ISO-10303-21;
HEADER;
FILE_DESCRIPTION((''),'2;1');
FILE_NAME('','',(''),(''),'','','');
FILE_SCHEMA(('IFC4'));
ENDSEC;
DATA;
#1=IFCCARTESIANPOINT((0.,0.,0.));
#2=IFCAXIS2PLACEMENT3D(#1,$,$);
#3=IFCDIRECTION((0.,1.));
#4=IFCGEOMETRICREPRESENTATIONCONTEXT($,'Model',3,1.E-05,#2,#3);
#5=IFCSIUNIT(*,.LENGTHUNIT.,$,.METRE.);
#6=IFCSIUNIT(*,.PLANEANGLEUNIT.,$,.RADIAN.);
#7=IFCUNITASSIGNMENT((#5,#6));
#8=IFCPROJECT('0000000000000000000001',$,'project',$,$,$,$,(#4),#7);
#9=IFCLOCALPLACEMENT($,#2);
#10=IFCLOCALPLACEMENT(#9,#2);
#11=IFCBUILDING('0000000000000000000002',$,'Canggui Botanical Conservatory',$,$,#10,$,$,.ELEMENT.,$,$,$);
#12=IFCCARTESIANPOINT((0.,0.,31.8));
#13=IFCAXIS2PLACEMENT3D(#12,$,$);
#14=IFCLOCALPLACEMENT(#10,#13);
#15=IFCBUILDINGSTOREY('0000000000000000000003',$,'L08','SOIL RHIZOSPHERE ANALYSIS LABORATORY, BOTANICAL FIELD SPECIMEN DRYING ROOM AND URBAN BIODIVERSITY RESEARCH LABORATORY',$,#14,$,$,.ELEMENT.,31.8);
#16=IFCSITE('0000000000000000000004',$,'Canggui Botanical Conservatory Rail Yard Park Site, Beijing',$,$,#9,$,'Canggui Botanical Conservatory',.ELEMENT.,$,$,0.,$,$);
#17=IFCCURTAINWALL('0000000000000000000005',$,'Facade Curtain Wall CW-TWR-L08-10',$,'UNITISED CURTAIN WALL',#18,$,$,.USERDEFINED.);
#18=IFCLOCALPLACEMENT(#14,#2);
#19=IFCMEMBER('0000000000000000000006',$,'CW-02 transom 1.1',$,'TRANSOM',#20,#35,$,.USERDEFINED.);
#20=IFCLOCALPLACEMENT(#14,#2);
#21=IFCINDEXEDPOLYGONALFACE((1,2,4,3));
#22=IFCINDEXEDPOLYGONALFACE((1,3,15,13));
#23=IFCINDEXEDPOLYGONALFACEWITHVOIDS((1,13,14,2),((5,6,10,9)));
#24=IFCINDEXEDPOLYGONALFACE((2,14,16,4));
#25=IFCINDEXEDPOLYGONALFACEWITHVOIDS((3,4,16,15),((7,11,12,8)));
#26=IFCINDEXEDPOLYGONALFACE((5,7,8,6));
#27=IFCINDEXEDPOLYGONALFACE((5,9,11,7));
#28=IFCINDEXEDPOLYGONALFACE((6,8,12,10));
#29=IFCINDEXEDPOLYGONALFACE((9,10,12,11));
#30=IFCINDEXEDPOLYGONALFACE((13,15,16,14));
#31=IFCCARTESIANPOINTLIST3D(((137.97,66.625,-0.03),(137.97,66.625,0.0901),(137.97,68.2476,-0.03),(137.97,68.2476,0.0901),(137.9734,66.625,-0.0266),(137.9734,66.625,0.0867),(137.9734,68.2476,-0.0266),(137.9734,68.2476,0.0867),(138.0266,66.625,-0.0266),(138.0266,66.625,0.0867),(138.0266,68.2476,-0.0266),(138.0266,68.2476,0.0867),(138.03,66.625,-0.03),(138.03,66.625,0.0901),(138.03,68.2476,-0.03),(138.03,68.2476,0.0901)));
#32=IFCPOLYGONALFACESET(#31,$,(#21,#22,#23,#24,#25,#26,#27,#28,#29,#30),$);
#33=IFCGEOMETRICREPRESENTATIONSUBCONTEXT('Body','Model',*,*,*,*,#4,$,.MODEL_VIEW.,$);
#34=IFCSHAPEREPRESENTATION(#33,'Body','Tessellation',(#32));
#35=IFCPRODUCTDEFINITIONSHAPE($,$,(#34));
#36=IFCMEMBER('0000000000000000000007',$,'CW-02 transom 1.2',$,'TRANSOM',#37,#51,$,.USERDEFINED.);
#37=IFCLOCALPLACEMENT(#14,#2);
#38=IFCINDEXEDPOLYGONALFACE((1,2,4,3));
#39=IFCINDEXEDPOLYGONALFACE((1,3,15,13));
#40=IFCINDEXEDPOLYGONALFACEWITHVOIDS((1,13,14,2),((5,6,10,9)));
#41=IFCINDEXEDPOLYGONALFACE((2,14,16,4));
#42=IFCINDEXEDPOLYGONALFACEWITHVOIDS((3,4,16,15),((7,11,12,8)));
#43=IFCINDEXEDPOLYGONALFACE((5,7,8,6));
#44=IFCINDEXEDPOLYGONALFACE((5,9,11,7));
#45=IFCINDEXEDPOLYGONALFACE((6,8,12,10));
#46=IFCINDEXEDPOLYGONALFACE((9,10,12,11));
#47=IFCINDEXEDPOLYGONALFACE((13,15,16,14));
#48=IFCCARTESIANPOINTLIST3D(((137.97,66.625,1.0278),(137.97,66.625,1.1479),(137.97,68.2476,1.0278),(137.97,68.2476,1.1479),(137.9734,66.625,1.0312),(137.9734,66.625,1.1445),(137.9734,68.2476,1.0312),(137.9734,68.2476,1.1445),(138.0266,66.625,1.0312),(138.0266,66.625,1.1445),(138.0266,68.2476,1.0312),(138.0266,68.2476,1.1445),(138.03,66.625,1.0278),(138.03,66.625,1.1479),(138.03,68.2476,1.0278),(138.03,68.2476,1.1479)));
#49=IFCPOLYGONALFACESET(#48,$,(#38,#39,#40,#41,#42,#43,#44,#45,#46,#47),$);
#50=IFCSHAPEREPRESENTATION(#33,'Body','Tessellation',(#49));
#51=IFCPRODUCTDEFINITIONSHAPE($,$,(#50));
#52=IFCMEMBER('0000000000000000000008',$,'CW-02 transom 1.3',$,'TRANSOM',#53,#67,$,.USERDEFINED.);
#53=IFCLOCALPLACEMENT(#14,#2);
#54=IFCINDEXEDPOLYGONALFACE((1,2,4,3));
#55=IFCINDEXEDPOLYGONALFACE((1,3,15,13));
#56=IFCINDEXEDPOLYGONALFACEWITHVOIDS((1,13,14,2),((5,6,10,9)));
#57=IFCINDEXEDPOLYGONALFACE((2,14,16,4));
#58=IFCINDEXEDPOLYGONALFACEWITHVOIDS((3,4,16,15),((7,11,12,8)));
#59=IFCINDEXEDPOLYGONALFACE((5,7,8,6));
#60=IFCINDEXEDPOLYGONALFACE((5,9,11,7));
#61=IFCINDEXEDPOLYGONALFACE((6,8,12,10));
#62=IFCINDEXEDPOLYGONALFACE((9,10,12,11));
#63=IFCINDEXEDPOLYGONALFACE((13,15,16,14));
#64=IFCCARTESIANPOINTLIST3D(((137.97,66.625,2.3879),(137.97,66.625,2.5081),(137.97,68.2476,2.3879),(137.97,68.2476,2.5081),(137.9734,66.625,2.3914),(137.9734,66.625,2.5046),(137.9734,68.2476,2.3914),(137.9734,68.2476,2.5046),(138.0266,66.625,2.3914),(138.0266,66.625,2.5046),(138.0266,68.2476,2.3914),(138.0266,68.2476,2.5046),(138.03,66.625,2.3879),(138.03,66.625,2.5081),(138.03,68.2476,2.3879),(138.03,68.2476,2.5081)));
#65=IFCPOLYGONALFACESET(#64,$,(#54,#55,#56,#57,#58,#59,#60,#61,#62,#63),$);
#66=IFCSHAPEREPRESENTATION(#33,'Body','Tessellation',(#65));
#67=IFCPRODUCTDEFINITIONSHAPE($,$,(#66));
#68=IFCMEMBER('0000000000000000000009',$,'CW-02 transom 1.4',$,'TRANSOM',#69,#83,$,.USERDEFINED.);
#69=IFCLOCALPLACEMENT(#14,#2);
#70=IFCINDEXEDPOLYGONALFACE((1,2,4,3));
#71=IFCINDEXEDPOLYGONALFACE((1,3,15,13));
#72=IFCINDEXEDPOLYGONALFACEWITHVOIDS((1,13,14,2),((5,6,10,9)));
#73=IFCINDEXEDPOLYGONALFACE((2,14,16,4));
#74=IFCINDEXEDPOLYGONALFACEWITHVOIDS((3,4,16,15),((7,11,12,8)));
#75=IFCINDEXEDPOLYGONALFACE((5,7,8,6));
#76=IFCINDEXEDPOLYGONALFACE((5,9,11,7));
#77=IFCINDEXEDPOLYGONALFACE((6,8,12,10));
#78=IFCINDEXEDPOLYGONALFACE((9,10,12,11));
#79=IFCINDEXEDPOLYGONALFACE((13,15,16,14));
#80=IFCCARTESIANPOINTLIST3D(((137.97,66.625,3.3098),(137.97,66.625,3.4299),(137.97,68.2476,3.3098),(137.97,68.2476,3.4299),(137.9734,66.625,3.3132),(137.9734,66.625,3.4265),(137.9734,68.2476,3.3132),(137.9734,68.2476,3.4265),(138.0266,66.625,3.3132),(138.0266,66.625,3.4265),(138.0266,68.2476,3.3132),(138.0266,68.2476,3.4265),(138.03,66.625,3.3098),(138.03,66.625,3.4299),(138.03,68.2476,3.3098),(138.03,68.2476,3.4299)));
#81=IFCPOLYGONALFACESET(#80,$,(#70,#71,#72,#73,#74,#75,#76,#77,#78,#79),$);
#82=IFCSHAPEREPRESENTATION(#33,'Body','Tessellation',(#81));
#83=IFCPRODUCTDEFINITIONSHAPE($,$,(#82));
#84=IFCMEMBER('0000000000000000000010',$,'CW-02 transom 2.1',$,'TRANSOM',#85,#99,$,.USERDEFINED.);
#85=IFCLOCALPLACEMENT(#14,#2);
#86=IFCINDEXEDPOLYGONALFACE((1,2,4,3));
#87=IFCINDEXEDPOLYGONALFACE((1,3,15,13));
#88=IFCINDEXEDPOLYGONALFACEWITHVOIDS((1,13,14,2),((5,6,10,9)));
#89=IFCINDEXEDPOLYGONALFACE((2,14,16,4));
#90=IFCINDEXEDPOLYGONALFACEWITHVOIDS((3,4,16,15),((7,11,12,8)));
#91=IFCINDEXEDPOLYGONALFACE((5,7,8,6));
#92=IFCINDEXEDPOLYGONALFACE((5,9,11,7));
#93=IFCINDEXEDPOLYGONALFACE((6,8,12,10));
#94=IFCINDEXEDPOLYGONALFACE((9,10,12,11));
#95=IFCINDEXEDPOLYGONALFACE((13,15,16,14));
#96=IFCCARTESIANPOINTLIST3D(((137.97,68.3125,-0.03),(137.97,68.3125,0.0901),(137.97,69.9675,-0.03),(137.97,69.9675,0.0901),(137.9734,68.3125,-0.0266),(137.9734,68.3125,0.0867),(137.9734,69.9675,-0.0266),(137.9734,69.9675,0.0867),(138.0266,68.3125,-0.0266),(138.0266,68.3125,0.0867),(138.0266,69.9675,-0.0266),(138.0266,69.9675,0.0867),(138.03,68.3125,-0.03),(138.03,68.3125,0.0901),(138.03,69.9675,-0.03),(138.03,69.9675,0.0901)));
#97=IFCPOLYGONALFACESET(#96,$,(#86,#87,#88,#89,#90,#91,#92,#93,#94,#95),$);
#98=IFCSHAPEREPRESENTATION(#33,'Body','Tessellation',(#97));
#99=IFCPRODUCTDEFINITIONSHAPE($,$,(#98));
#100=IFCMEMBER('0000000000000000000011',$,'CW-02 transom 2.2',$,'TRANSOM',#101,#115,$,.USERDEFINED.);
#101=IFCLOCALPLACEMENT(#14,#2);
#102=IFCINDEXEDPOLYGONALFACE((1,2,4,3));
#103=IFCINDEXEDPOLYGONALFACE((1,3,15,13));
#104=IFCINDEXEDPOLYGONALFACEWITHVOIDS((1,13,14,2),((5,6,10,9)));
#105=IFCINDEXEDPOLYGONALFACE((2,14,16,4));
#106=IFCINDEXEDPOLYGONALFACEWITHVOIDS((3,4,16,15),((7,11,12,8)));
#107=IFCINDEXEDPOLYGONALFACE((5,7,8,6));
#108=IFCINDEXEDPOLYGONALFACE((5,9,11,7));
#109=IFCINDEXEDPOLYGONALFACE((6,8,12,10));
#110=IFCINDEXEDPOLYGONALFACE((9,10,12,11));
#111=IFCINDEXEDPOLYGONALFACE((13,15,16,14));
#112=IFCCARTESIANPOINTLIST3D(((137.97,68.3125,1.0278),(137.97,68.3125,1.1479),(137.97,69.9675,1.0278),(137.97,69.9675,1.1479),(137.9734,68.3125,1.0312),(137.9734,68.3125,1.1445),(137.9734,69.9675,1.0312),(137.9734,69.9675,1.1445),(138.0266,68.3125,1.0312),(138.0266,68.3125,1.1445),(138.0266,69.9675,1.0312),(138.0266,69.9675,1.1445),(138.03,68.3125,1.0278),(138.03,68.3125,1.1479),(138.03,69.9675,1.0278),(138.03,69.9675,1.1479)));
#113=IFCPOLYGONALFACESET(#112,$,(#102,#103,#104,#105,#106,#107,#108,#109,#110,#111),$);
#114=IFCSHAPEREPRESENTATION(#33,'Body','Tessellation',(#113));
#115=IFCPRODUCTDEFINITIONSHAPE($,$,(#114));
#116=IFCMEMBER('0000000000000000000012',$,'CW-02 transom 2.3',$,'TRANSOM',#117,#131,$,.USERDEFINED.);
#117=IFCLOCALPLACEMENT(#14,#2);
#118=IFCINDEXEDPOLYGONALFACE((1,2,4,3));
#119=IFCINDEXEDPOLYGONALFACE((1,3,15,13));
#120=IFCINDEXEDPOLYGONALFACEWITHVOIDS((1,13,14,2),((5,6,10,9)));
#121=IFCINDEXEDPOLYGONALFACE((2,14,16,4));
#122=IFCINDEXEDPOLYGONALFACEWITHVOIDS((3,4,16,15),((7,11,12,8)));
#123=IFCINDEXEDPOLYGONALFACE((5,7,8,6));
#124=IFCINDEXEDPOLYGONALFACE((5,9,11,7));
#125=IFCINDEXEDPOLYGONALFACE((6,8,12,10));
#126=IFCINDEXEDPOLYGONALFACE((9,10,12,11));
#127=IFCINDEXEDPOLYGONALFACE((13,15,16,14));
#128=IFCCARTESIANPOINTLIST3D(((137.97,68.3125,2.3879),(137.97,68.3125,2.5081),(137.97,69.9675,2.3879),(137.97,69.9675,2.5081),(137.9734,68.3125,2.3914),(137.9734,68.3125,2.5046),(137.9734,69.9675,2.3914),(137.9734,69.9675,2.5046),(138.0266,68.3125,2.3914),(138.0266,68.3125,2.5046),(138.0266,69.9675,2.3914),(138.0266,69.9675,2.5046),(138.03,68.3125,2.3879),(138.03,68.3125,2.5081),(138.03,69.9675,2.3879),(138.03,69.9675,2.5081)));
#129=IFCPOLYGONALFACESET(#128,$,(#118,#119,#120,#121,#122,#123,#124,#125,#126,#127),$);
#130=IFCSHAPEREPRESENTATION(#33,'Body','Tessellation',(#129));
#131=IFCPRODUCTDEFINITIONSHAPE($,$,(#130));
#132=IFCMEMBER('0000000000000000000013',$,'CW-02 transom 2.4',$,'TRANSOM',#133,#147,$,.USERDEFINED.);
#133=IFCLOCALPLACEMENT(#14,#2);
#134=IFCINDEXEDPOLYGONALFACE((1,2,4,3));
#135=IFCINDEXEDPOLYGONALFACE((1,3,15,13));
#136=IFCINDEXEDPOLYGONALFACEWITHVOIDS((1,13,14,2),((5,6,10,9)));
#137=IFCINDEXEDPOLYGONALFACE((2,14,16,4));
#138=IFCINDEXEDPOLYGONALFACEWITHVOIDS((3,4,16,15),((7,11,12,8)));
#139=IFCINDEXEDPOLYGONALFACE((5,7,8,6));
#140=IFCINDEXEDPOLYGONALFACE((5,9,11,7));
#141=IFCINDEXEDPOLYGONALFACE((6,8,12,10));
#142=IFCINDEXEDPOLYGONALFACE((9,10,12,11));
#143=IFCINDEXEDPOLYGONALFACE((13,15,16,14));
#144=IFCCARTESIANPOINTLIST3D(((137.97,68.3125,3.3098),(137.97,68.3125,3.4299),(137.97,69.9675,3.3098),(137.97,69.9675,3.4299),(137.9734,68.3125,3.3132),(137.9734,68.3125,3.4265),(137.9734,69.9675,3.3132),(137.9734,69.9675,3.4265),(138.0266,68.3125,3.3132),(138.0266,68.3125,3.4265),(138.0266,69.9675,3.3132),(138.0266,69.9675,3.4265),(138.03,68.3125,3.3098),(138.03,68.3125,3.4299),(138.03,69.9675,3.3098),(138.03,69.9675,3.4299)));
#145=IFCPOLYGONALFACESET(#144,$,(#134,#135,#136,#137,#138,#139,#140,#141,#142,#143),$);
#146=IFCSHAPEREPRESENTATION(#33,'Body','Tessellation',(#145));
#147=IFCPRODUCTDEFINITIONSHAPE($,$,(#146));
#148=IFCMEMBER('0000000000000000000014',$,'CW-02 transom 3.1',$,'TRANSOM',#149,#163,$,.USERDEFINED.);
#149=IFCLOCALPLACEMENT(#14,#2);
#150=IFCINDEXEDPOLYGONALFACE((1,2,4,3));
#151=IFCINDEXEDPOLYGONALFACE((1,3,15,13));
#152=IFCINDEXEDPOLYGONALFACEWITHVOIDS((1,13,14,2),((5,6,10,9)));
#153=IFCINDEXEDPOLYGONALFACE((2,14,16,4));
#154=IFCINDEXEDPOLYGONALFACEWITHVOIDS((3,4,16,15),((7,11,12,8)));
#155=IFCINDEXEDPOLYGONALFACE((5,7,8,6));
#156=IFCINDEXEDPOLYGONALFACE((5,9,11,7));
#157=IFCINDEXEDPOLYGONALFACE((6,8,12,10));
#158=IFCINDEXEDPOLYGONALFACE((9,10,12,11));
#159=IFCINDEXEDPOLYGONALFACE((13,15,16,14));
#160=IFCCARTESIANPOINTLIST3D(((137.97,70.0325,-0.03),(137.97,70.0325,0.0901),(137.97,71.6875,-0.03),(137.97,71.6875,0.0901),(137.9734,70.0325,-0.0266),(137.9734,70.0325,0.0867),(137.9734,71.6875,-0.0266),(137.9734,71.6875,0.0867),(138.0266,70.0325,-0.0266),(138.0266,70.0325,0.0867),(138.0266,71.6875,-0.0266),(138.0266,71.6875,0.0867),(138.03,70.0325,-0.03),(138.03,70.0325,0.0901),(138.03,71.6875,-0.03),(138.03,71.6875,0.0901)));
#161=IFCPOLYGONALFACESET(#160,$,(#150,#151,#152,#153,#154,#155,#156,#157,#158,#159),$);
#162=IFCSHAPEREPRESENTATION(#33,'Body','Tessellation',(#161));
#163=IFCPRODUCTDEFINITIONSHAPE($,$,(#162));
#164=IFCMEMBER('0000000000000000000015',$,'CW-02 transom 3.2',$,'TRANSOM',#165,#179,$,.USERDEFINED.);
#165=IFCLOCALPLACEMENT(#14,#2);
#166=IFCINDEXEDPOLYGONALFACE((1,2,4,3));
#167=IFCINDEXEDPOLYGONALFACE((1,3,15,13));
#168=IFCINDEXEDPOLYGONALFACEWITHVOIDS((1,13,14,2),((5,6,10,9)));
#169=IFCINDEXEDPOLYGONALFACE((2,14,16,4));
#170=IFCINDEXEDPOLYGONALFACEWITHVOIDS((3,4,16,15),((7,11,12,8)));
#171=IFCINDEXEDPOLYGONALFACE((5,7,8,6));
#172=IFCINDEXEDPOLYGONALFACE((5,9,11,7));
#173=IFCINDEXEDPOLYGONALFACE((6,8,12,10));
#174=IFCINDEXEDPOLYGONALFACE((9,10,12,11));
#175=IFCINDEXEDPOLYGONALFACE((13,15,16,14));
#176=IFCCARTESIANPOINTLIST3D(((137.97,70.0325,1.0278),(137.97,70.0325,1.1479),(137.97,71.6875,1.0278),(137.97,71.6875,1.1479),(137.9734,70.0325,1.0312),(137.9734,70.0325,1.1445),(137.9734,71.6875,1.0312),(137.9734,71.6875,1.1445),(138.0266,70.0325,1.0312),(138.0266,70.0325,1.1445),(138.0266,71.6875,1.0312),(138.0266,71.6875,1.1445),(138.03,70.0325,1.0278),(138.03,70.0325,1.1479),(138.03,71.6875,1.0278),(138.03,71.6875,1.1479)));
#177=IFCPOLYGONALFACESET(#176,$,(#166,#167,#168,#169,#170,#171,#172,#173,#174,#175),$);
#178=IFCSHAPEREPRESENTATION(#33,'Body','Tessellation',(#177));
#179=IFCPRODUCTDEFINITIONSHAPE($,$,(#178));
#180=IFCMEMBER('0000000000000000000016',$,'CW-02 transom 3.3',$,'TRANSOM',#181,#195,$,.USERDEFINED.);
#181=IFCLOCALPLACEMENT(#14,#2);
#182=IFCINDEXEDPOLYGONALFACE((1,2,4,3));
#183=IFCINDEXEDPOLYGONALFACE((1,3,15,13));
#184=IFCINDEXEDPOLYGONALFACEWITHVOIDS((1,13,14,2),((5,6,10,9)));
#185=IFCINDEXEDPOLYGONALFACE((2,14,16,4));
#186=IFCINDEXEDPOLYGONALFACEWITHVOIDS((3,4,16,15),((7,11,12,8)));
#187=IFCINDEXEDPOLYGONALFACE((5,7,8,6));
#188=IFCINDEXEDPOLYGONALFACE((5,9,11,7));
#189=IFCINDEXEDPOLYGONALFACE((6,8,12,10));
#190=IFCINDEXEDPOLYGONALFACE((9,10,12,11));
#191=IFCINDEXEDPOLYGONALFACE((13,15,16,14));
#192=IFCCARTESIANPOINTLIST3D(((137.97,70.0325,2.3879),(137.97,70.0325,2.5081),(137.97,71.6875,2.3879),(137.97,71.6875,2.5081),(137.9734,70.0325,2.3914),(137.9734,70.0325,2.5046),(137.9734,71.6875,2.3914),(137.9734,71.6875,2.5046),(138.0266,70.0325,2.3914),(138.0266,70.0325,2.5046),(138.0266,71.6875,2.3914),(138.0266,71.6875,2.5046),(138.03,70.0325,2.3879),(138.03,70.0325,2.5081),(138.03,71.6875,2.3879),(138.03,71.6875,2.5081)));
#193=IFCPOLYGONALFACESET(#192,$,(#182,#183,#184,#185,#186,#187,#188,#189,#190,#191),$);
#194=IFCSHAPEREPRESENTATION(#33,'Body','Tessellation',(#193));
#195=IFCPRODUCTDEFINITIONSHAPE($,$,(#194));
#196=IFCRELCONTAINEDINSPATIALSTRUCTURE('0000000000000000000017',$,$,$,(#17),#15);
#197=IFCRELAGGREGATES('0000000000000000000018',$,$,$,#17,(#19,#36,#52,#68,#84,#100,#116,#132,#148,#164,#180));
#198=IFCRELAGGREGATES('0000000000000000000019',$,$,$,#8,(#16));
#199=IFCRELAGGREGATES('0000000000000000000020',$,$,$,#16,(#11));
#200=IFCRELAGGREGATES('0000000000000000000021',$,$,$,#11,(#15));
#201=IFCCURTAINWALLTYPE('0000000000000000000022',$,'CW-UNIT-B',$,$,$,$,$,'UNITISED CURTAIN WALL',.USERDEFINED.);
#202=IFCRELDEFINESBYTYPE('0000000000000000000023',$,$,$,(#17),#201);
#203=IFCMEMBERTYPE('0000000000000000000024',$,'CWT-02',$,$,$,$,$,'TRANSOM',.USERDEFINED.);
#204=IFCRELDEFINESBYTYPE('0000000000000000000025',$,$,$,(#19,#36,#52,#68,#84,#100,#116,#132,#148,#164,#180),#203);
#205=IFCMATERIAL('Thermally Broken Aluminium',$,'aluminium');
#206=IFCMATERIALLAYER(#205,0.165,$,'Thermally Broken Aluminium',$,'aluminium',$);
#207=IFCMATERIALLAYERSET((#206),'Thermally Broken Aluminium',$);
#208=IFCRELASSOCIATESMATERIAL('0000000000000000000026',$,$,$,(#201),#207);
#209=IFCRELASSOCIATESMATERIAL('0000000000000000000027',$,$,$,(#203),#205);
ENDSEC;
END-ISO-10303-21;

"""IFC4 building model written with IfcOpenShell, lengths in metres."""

from ifc_helpers import new_model, si_unit, direction, frame, origin, origin_2d, place, context, subcontext, project, spatial, hollow_rectangle, extrude, material, layer, layer_set, material_profile, profile_set, type_object, element, aggregate, save


model = new_model("IFC4")

# Units and contexts
model_context = context("Model", 3, precision=1e-05, world=origin(), true_north=direction((0.0, 1.0)))
body_context = subcontext(model_context, "Body", "Model", "MODEL_VIEW")
ifc_project = project(units=[si_unit("LENGTHUNIT", "METRE"), si_unit("PLANEANGLEUNIT", "RADIAN")], contexts=[model_context])

# Site, building, storey
site_placement = place(None, origin())
site = spatial("IfcSite", under=ifc_project, at=site_placement, Name="Canggui Botanical Conservatory Rail Yard Park Site, Beijing", LongName="Canggui Botanical Conservatory", CompositionType="ELEMENT", RefElevation=0.0)
building_placement = place(site_placement, origin())
building = spatial("IfcBuilding", under=site, at=building_placement, Name="Canggui Botanical Conservatory", CompositionType="ELEMENT")
storey_placement = place(building_placement, frame((0.0, 0.0, 31.8)))
storey = spatial("IfcBuildingStorey", under=building, at=storey_placement, Name="L08", Description="SOIL RHIZOSPHERE ANALYSIS LABORATORY, BOTANICAL FIELD SPECIMEN DRYING ROOM AND URBAN BIODIVERSITY RESEARCH LABORATORY", CompositionType="ELEMENT", Elevation=31.8)

# Curtain wall
ifc_material_1 = material(Name="Thermally Broken Aluminium", Category="aluminium")
ifc_layer_1 = layer(ifc_material_1, 0.165, Name="Thermally Broken Aluminium", Category="aluminium")
ifc_layer_set_1 = layer_set([ifc_layer_1], Name="Thermally Broken Aluminium")
curtain_wall_type = type_object("IfcCurtainWallType", Name="CW-UNIT-B", ElementType="UNITISED CURTAIN WALL", PredefinedType="USERDEFINED", material=ifc_layer_set_1)
curtain_wall_1_placement = place(storey_placement, origin())
curtain_wall_1 = element("IfcCurtainWall", 1, at=curtain_wall_1_placement, inside=storey, type_object=curtain_wall_type, Name="Facade Curtain Wall CW-TWR-L08-10", ObjectType="UNITISED CURTAIN WALL", PredefinedType="USERDEFINED")

# Members
ifc_material_profile_1 = material_profile(ifc_material_1, hollow_rectangle(XDim=0.0601, YDim=0.1201, WallThickness=0.0034, at=origin_2d()), Name="CWT 60x120x3.5")
ifc_profile_set_1 = profile_set([ifc_material_profile_1], Name="Thermally Broken Aluminium")
member_type_1 = type_object("IfcMemberType", Name="CWT-02", ElementType="TRANSOM", PredefinedType="USERDEFINED", material=ifc_profile_set_1)
member_1_placement = place(storey_placement, frame((138.0, 66.625, 0.03), z_axis=(0.0, 1.0, 0.0), x_axis=(-1.0, 0.0, 0.0)))
member_1 = element("IfcMember", 2, at=member_1_placement, type_object=member_type_1, Name="CW-02 transom 1.1", ObjectType="TRANSOM", PredefinedType="USERDEFINED", context=body_context, shape_type="SweptSolid", body=[
    extrude(hollow_rectangle(XDim=0.0601, YDim=0.1201, WallThickness=0.0034, at=origin_2d()), origin(), (0.0, 0.0, 1.0), 1.6226),
])
member_2_placement = place(storey_placement, frame((138.0, 66.625, 1.0879), z_axis=(0.0, 1.0, 0.0), x_axis=(-1.0, 0.0, 0.0)))
member_2 = element("IfcMember", 3, at=member_2_placement, type_object=member_type_1, Name="CW-02 transom 1.2", ObjectType="TRANSOM", PredefinedType="USERDEFINED", context=body_context, shape_type="SweptSolid", body=[
    extrude(hollow_rectangle(XDim=0.0601, YDim=0.1201, WallThickness=0.0034, at=origin_2d()), origin(), (0.0, 0.0, 1.0), 1.6226),
])
member_3_placement = place(storey_placement, frame((138.0, 66.625, 2.448), z_axis=(0.0, 1.0, 0.0), x_axis=(-1.0, 0.0, 0.0)))
member_3 = element("IfcMember", 4, at=member_3_placement, type_object=member_type_1, Name="CW-02 transom 1.3", ObjectType="TRANSOM", PredefinedType="USERDEFINED", context=body_context, shape_type="SweptSolid", body=[
    extrude(hollow_rectangle(XDim=0.0601, YDim=0.1201, WallThickness=0.0034, at=origin_2d()), origin(), (0.0, 0.0, 1.0), 1.6226),
])
member_4_placement = place(storey_placement, frame((138.0, 66.625, 3.3699), z_axis=(0.0, 1.0, 0.0), x_axis=(-1.0, 0.0, 0.0)))
member_4 = element("IfcMember", 5, at=member_4_placement, type_object=member_type_1, Name="CW-02 transom 1.4", ObjectType="TRANSOM", PredefinedType="USERDEFINED", context=body_context, shape_type="SweptSolid", body=[
    extrude(hollow_rectangle(XDim=0.0601, YDim=0.1201, WallThickness=0.0034, at=origin_2d()), origin(), (0.0, 0.0, 1.0), 1.6226),
])
member_5_placement = place(storey_placement, frame((138.0, 68.3125, 0.03), z_axis=(0.0, 1.0, 0.0), x_axis=(-1.0, 0.0, 0.0)))
member_5 = element("IfcMember", 6, at=member_5_placement, type_object=member_type_1, Name="CW-02 transom 2.1", ObjectType="TRANSOM", PredefinedType="USERDEFINED", context=body_context, shape_type="SweptSolid", body=[
    extrude(hollow_rectangle(XDim=0.0601, YDim=0.1201, WallThickness=0.0034, at=origin_2d()), origin(), (0.0, 0.0, 1.0), 1.655),
])
member_6_placement = place(storey_placement, frame((138.0, 68.3125, 1.0879), z_axis=(0.0, 1.0, 0.0), x_axis=(-1.0, 0.0, 0.0)))
member_6 = element("IfcMember", 7, at=member_6_placement, type_object=member_type_1, Name="CW-02 transom 2.2", ObjectType="TRANSOM", PredefinedType="USERDEFINED", context=body_context, shape_type="SweptSolid", body=[
    extrude(hollow_rectangle(XDim=0.0601, YDim=0.1201, WallThickness=0.0034, at=origin_2d()), origin(), (0.0, 0.0, 1.0), 1.655),
])
member_7_placement = place(storey_placement, frame((138.0, 68.3125, 2.448), z_axis=(0.0, 1.0, 0.0), x_axis=(-1.0, 0.0, 0.0)))
member_7 = element("IfcMember", 8, at=member_7_placement, type_object=member_type_1, Name="CW-02 transom 2.3", ObjectType="TRANSOM", PredefinedType="USERDEFINED", context=body_context, shape_type="SweptSolid", body=[
    extrude(hollow_rectangle(XDim=0.0601, YDim=0.1201, WallThickness=0.0034, at=origin_2d()), origin(), (0.0, 0.0, 1.0), 1.655),
])
member_8_placement = place(storey_placement, frame((138.0, 68.3125, 3.3699), z_axis=(0.0, 1.0, 0.0), x_axis=(-1.0, 0.0, 0.0)))
member_8 = element("IfcMember", 9, at=member_8_placement, type_object=member_type_1, Name="CW-02 transom 2.4", ObjectType="TRANSOM", PredefinedType="USERDEFINED", context=body_context, shape_type="SweptSolid", body=[
    extrude(hollow_rectangle(XDim=0.0601, YDim=0.1201, WallThickness=0.0034, at=origin_2d()), origin(), (0.0, 0.0, 1.0), 1.655),
])
member_9_placement = place(storey_placement, frame((138.0, 70.0325, 0.03), z_axis=(0.0, 1.0, 0.0), x_axis=(-1.0, 0.0, 0.0)))
member_9 = element("IfcMember", 10, at=member_9_placement, type_object=member_type_1, Name="CW-02 transom 3.1", ObjectType="TRANSOM", PredefinedType="USERDEFINED", context=body_context, shape_type="SweptSolid", body=[
    extrude(hollow_rectangle(XDim=0.0601, YDim=0.1201, WallThickness=0.0034, at=origin_2d()), origin(), (0.0, 0.0, 1.0), 1.655),
])
member_10_placement = place(storey_placement, frame((138.0, 70.0325, 1.0879), z_axis=(0.0, 1.0, 0.0), x_axis=(-1.0, 0.0, 0.0)))
member_10 = element("IfcMember", 11, at=member_10_placement, type_object=member_type_1, Name="CW-02 transom 3.2", ObjectType="TRANSOM", PredefinedType="USERDEFINED", context=body_context, shape_type="SweptSolid", body=[
    extrude(hollow_rectangle(XDim=0.0601, YDim=0.1201, WallThickness=0.0034, at=origin_2d()), origin(), (0.0, 0.0, 1.0), 1.655),
])
member_11_placement = place(storey_placement, frame((138.0, 70.0325, 2.448), z_axis=(0.0, 1.0, 0.0), x_axis=(-1.0, 0.0, 0.0)))
member_11 = element("IfcMember", 12, at=member_11_placement, type_object=member_type_1, Name="CW-02 transom 3.3", ObjectType="TRANSOM", PredefinedType="USERDEFINED", context=body_context, shape_type="SweptSolid", body=[
    extrude(hollow_rectangle(XDim=0.0601, YDim=0.1201, WallThickness=0.0034, at=origin_2d()), origin(), (0.0, 0.0, 1.0), 1.655),
])

aggregate(curtain_wall_1, [member_1, member_2, member_3, member_4, member_5, member_6, member_7, member_8, member_9, member_10, member_11])

save(model, "model.ifc")
